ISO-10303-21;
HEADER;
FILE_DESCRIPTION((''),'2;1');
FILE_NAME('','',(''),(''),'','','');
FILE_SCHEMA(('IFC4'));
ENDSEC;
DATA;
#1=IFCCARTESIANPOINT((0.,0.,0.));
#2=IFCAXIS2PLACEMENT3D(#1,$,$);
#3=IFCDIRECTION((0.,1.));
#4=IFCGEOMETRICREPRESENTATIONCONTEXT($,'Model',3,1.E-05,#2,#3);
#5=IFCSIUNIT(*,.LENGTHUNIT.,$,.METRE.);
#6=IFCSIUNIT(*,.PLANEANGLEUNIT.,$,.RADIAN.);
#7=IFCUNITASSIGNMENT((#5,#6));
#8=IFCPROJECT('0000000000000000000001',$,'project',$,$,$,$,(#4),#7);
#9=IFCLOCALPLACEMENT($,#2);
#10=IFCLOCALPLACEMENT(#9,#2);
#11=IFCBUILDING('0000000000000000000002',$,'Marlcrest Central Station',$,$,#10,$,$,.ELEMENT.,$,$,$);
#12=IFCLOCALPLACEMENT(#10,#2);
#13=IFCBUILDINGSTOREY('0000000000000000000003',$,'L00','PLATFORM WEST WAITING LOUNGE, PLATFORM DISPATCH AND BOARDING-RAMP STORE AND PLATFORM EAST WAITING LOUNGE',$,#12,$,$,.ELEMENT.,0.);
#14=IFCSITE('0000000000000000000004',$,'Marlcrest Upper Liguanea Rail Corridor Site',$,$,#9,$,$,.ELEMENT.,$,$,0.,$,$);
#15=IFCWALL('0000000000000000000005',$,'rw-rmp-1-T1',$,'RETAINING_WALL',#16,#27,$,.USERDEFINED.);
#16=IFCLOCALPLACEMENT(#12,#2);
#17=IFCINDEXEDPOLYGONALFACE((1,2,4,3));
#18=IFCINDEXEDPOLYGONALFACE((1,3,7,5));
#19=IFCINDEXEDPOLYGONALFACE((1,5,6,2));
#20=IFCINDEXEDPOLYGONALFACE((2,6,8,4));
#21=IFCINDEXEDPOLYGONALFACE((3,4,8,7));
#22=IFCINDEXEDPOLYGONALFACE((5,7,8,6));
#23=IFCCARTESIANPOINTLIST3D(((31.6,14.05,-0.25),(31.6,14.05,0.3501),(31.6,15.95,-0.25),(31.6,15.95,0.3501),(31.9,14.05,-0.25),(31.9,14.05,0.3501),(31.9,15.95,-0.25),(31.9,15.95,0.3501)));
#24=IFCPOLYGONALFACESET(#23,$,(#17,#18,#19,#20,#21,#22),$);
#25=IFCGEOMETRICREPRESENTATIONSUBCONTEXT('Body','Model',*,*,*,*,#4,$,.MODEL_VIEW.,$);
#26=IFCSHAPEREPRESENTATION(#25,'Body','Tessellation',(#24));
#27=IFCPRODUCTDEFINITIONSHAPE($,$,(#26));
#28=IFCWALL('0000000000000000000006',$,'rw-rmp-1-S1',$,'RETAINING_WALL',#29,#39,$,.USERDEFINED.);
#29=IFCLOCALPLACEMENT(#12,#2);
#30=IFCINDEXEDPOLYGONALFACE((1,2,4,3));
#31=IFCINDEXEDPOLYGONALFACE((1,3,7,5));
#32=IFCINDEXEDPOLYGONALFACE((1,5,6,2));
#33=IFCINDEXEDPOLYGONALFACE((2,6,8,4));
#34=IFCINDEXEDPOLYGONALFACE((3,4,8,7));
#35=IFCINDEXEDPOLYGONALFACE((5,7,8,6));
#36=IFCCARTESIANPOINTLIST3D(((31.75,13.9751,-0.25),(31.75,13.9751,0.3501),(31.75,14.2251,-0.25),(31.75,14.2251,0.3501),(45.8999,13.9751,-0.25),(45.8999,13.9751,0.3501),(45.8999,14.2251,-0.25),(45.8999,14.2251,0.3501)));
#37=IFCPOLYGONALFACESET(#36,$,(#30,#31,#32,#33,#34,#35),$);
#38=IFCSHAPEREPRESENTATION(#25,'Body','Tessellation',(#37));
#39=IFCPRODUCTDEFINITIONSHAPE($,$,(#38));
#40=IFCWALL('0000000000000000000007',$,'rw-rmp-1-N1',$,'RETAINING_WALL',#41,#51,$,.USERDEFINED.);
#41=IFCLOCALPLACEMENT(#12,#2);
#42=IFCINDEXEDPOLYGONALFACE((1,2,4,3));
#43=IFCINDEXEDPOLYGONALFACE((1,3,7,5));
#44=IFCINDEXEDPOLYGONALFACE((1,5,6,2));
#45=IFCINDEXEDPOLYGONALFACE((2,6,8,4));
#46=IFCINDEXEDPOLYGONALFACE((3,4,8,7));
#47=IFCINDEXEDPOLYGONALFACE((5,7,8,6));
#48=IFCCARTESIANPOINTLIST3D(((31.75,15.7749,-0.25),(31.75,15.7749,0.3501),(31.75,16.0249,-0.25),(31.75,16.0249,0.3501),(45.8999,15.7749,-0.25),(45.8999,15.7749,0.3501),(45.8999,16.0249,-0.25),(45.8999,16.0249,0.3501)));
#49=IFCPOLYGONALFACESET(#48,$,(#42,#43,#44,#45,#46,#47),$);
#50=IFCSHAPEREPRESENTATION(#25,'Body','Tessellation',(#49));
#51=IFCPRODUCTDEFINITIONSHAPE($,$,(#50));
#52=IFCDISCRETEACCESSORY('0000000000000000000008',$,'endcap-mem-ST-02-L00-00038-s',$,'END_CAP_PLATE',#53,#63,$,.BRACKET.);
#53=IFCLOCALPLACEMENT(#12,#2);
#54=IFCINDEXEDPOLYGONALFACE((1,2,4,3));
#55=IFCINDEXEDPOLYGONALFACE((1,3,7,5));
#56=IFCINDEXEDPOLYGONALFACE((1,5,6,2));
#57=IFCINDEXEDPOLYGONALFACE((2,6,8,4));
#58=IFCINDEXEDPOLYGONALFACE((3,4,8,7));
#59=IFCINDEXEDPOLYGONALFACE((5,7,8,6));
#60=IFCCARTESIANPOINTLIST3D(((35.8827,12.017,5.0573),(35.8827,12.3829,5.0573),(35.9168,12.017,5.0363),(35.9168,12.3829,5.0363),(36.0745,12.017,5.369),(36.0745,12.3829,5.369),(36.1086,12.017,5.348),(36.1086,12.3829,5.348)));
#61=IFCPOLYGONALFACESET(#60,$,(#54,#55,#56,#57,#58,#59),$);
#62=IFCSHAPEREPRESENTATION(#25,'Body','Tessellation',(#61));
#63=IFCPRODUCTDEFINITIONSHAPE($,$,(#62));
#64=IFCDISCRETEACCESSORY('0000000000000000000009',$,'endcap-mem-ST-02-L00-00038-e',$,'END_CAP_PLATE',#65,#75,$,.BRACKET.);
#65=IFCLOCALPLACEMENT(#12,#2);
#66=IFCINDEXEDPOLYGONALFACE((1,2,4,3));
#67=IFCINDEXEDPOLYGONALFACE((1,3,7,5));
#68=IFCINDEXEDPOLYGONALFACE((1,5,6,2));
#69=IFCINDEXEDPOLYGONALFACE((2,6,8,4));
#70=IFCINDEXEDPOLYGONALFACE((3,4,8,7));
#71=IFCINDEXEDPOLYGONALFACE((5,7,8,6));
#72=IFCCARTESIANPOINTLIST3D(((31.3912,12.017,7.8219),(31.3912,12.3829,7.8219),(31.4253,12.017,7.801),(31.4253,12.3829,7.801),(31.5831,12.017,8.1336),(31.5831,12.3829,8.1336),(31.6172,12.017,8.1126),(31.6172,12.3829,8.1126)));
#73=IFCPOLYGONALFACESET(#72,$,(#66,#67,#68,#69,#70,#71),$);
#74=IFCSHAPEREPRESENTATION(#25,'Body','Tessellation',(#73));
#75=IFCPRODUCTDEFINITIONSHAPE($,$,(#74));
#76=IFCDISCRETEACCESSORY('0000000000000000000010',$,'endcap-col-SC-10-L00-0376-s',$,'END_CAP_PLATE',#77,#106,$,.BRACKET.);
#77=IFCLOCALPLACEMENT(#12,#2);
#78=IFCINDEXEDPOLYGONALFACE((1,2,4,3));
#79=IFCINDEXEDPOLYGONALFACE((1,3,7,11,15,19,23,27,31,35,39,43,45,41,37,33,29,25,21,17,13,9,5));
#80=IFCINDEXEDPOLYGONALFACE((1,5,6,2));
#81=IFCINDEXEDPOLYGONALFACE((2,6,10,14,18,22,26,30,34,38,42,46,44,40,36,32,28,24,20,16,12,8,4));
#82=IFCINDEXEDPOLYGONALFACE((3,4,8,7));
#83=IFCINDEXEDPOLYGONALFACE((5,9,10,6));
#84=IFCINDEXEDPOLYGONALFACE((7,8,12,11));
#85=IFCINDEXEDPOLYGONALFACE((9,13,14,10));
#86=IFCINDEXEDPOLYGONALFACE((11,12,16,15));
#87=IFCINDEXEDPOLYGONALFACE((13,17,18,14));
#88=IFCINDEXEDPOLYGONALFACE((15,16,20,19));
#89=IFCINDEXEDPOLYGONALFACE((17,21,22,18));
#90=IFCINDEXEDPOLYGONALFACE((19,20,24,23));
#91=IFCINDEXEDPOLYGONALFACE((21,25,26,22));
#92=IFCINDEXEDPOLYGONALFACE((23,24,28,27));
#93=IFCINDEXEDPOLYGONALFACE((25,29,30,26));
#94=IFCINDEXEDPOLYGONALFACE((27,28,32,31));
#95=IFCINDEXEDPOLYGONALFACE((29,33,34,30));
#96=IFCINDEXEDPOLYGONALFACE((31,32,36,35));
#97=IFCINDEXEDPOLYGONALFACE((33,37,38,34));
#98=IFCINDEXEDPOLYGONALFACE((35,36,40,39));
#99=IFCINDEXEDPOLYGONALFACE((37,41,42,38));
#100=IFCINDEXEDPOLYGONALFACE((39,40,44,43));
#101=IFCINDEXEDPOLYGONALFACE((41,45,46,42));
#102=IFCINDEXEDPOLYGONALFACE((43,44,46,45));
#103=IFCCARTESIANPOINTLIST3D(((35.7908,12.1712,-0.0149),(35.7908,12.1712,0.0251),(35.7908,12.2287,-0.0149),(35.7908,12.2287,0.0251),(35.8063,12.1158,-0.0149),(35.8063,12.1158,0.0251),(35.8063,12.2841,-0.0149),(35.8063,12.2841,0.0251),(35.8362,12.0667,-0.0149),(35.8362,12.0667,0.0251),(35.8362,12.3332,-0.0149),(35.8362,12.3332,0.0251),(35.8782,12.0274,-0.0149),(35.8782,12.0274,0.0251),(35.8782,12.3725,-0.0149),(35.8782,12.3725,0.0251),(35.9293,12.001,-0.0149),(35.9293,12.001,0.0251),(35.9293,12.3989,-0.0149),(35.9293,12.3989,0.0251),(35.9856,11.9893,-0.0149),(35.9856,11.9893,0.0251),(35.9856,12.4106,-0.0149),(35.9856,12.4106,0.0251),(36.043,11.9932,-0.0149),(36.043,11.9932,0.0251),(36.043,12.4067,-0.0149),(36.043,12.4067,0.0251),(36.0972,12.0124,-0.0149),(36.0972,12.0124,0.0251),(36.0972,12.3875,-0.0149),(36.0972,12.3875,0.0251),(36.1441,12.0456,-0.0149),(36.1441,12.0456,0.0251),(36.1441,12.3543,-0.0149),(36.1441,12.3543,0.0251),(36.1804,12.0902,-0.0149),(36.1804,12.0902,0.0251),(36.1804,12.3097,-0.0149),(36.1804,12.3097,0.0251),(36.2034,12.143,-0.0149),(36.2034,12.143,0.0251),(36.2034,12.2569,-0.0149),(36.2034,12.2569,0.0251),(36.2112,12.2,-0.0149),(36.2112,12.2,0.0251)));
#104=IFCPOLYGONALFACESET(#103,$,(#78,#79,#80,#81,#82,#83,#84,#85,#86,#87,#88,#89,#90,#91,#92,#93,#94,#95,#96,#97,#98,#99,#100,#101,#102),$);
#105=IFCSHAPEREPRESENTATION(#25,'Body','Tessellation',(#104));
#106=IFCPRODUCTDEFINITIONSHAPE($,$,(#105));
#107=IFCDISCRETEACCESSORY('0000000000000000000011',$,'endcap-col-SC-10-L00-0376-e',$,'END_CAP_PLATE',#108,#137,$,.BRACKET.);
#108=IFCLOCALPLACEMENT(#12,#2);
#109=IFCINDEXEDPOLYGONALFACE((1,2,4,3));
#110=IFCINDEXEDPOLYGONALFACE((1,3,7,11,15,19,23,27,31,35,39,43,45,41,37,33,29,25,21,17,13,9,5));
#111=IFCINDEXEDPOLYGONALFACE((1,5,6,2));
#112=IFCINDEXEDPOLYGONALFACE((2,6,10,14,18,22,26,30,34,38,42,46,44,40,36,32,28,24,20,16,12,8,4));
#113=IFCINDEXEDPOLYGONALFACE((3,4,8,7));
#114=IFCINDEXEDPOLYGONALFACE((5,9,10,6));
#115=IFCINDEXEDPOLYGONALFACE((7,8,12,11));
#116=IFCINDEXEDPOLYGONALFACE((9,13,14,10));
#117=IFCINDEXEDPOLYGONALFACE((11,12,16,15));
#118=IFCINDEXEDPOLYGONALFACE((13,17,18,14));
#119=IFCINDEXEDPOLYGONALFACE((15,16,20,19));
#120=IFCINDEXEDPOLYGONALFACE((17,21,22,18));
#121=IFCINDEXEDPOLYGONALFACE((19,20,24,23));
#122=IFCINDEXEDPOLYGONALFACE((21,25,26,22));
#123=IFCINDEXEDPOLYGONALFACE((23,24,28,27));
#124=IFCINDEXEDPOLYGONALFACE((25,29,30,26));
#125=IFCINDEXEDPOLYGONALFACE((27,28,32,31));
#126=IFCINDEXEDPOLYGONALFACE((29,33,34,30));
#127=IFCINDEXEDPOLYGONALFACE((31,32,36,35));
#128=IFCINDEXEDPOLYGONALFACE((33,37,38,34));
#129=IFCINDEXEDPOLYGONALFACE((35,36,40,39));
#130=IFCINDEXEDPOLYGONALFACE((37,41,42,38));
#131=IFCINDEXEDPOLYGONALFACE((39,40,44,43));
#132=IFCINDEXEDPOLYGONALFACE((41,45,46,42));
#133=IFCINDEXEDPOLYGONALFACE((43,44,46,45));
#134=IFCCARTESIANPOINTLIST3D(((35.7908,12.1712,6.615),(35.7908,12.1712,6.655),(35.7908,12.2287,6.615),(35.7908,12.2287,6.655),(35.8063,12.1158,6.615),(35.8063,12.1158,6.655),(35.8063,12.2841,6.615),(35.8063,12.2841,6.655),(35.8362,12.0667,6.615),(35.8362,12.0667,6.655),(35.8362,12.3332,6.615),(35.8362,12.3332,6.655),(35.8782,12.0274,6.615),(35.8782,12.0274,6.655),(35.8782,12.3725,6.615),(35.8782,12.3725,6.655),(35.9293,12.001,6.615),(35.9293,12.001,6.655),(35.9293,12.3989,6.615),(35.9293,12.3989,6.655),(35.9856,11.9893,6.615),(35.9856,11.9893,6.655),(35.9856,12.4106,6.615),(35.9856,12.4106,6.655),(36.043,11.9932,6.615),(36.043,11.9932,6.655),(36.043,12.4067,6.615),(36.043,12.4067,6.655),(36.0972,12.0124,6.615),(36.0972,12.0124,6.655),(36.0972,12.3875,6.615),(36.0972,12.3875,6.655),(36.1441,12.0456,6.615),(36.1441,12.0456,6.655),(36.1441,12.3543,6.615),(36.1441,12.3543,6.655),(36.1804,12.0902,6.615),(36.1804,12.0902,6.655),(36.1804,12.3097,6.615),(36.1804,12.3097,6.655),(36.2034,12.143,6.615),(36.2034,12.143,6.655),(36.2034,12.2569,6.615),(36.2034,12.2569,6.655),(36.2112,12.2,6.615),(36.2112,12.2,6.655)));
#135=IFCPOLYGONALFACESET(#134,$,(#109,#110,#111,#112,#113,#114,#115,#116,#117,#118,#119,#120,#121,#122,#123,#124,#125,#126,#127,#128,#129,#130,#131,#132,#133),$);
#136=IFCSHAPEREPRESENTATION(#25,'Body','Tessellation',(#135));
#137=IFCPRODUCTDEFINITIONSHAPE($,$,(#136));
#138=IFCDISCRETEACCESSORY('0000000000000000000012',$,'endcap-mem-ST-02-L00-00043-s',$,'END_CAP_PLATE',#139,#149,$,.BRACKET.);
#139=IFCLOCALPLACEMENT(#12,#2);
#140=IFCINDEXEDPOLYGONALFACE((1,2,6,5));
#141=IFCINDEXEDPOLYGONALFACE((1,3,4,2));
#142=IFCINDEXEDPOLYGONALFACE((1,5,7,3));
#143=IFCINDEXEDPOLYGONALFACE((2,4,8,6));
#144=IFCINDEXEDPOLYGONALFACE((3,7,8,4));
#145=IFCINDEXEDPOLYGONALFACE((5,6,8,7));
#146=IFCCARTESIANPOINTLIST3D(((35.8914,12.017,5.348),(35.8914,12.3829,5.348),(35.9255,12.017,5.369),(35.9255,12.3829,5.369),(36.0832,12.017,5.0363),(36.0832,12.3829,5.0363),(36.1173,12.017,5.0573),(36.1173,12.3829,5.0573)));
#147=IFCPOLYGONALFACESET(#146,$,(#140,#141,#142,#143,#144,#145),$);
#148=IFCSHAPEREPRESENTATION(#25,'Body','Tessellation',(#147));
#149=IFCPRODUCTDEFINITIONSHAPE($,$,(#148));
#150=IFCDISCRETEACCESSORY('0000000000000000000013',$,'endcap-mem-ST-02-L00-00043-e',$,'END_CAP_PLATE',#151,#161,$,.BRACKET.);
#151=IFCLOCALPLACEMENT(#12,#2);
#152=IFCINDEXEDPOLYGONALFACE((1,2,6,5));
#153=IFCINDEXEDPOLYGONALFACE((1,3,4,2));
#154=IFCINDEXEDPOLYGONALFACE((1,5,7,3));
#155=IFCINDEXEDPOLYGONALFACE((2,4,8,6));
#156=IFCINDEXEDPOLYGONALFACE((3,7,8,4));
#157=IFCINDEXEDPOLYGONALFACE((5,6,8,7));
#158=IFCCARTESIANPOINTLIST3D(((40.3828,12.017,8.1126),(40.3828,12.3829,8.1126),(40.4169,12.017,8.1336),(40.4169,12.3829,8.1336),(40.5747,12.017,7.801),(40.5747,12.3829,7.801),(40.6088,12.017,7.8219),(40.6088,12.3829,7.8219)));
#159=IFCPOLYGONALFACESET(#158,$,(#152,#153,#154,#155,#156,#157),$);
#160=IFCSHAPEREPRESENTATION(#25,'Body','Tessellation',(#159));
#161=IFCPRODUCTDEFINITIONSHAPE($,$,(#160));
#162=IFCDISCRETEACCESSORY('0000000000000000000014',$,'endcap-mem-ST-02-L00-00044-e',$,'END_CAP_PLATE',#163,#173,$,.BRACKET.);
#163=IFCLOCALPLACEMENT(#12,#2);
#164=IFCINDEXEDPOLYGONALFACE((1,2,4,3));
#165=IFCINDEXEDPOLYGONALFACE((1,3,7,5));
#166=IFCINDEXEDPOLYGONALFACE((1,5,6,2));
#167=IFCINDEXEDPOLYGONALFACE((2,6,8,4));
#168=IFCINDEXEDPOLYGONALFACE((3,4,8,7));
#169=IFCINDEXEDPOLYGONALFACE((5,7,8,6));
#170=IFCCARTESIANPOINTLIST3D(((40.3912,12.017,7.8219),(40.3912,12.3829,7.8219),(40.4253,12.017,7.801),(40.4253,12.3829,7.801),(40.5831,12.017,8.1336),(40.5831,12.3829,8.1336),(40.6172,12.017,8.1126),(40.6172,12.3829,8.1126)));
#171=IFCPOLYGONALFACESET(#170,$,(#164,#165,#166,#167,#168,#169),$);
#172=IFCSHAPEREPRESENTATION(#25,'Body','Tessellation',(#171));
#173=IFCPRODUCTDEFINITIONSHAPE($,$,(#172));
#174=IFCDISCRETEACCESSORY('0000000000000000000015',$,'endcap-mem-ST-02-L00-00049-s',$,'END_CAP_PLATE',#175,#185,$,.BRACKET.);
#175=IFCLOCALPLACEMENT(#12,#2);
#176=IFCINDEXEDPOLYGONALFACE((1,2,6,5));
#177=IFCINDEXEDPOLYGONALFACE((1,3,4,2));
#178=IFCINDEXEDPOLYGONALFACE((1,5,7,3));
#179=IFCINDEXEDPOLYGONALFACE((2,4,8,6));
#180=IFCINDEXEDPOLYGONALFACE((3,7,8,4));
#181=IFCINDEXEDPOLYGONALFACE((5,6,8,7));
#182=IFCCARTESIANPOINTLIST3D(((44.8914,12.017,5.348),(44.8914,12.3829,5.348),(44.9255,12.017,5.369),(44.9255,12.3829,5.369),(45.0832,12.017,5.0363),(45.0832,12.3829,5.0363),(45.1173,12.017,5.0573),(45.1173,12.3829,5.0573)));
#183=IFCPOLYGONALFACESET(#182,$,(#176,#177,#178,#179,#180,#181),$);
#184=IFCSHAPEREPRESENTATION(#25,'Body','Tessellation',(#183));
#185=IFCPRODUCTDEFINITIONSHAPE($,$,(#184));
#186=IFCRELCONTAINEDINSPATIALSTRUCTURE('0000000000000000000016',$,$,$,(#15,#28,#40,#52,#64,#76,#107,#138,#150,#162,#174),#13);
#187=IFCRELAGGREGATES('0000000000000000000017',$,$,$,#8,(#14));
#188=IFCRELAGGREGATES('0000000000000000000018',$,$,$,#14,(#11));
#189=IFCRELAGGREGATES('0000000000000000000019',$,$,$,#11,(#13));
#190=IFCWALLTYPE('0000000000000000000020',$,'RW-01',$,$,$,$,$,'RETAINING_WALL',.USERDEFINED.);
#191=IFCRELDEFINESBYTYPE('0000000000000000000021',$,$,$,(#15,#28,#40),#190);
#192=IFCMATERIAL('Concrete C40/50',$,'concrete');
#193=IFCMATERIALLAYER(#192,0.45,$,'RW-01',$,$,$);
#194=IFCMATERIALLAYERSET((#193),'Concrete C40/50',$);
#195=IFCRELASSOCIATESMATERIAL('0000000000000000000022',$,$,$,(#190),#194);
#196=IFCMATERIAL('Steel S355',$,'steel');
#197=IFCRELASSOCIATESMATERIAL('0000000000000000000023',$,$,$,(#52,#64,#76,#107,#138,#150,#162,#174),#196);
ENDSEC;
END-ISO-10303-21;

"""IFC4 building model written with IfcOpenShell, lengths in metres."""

from ifc_helpers import new_model, si_unit, direction, frame, frame_2d, origin, origin_2d, place, context, subcontext, project, spatial, rectangle, circle, extrude, material, layer, layer_set, type_object, element, save


model = new_model("IFC4")

# Units and contexts
model_context = context("Model", 3, precision=1e-05, world=origin(), true_north=direction((0.0, 1.0)))
body_context = subcontext(model_context, "Body", "Model", "MODEL_VIEW")
ifc_project = project(units=[si_unit("LENGTHUNIT", "METRE"), si_unit("PLANEANGLEUNIT", "RADIAN")], contexts=[model_context])

# Site, building, storey
site_placement = place(None, origin())
site = spatial("IfcSite", under=ifc_project, at=site_placement, Name="Marlcrest Upper Liguanea Rail Corridor Site", CompositionType="ELEMENT", RefElevation=0.0)
building_placement = place(site_placement, origin())
building = spatial("IfcBuilding", under=site, at=building_placement, Name="Marlcrest Central Station", CompositionType="ELEMENT")
storey_placement = place(building_placement, origin())
storey = spatial("IfcBuildingStorey", under=building, at=storey_placement, Name="L00", Description="PLATFORM WEST WAITING LOUNGE, PLATFORM DISPATCH AND BOARDING-RAMP STORE AND PLATFORM EAST WAITING LOUNGE", CompositionType="ELEMENT", Elevation=0.0)

# Shared definitions
ifc_material_1 = material(Name="Concrete C40/50", Category="concrete")

# Shared definitions
ifc_material_2 = material(Name="Steel S355", Category="steel")

# Walls
ifc_layer_1 = layer(ifc_material_1, 0.45, Name="RW-01")
ifc_layer_set_1 = layer_set([ifc_layer_1], Name="Concrete C40/50")
wall_type = type_object("IfcWallType", Name="RW-01", ElementType="RETAINING_WALL", PredefinedType="USERDEFINED", material=ifc_layer_set_1)
wall_placement = place(storey_placement, frame((31.75, 14.05, -0.25), z_axis=(0.0, 0.0, 1.0), x_axis=(0.0, 1.0, 0.0)))
element("IfcWall", 1, at=wall_placement, inside=storey, type_object=wall_type, Name="rw-rmp-1-T1", ObjectType="RETAINING_WALL", PredefinedType="USERDEFINED", context=body_context, shape_type="SweptSolid", body=[
    extrude(rectangle(XDim=1.8999, YDim=0.3, at=frame_2d((0.95, 0.0))), origin(), (0.0, 0.0, 1.0), 0.6001),
])
for number, where, z_axis, x_axis, name in (
    (2, (31.75, 14.1001, -0.25), (0.0, 0.0, 1.0), (1.0, 0.0, 0.0), "rw-rmp-1-S1"),
    (3, (31.75, 15.8999, -0.25), (0.0, 0.0, 1.0), (1.0, 0.0, 0.0), "rw-rmp-1-N1"),
):
    element("IfcWall", number, at=place(storey_placement, frame(where, z_axis=z_axis, x_axis=x_axis)), inside=storey, type_object=wall_type, Name=name, ObjectType="RETAINING_WALL", PredefinedType="USERDEFINED", context=body_context, shape_type="SweptSolid", body=[
        extrude(rectangle(XDim=14.1499, YDim=0.25, at=frame_2d((7.075, 0.0))), origin(), (0.0, 0.0, 1.0), 0.6001),
    ])

# Discrete accessories
for number, where, z_axis, x_axis, name in (
    (4, (36.0127, 12.2, 5.1921), (-0.851592, 0.0, 0.524206), (0.0, -1.0, 0.0), "endcap-mem-ST-02-L00-00038-s"),
    (5, (31.5212, 12.2, 7.9568), (-0.851592, 0.0, 0.524206), (0.0, -1.0, 0.0), "endcap-mem-ST-02-L00-00038-e"),
):
    element("IfcDiscreteAccessory", number, at=place(storey_placement, frame(where, z_axis=z_axis, x_axis=x_axis)), inside=storey, material=ifc_material_2, Name=name, ObjectType="END_CAP_PLATE", PredefinedType="BRACKET", context=body_context, shape_type="SweptSolid", body=[
        extrude(rectangle(XDim=0.366, YDim=0.366, at=origin_2d()), origin(), (0.0, 0.0, 1.0), 0.04),
    ])
for number, where, z_axis, x_axis, name in (
    (6, (36.0, 12.2, -0.0149), (0.0, 0.0, 1.0), (1.0, 0.0, 0.0), "endcap-col-SC-10-L00-0376-s"),
    (7, (36.0, 12.2, 6.615), (0.0, 0.0, 1.0), (1.0, 0.0, 0.0), "endcap-col-SC-10-L00-0376-e"),
):
    element("IfcDiscreteAccessory", number, at=place(storey_placement, frame(where, z_axis=z_axis, x_axis=x_axis)), inside=storey, material=ifc_material_2, Name=name, ObjectType="END_CAP_PLATE", PredefinedType="BRACKET", context=body_context, shape_type="SweptSolid", body=[
        extrude(circle(Radius=0.2112, at=origin_2d()), origin(), (0.0, 0.0, 1.0), 0.04),
    ])
for number, where, z_axis, x_axis, name in (
    (8, (35.9873, 12.2, 5.1921), (0.851592, 0.0, 0.524206), (0.0, 1.0, 0.0), "endcap-mem-ST-02-L00-00043-s"),
    (9, (40.4788, 12.2, 7.9568), (0.851592, 0.0, 0.524206), (0.0, 1.0, 0.0), "endcap-mem-ST-02-L00-00043-e"),
    (10, (40.5212, 12.2, 7.9568), (-0.851592, 0.0, 0.524206), (0.0, -1.0, 0.0), "endcap-mem-ST-02-L00-00044-e"),
    (11, (44.9873, 12.2, 5.1921), (0.851592, 0.0, 0.524206), (0.0, 1.0, 0.0), "endcap-mem-ST-02-L00-00049-s"),
):
    element("IfcDiscreteAccessory", number, at=place(storey_placement, frame(where, z_axis=z_axis, x_axis=x_axis)), inside=storey, material=ifc_material_2, Name=name, ObjectType="END_CAP_PLATE", PredefinedType="BRACKET", context=body_context, shape_type="SweptSolid", body=[
        extrude(rectangle(XDim=0.366, YDim=0.366, at=origin_2d()), origin(), (0.0, 0.0, 1.0), 0.04),
    ])

save(model, "model.ifc")
